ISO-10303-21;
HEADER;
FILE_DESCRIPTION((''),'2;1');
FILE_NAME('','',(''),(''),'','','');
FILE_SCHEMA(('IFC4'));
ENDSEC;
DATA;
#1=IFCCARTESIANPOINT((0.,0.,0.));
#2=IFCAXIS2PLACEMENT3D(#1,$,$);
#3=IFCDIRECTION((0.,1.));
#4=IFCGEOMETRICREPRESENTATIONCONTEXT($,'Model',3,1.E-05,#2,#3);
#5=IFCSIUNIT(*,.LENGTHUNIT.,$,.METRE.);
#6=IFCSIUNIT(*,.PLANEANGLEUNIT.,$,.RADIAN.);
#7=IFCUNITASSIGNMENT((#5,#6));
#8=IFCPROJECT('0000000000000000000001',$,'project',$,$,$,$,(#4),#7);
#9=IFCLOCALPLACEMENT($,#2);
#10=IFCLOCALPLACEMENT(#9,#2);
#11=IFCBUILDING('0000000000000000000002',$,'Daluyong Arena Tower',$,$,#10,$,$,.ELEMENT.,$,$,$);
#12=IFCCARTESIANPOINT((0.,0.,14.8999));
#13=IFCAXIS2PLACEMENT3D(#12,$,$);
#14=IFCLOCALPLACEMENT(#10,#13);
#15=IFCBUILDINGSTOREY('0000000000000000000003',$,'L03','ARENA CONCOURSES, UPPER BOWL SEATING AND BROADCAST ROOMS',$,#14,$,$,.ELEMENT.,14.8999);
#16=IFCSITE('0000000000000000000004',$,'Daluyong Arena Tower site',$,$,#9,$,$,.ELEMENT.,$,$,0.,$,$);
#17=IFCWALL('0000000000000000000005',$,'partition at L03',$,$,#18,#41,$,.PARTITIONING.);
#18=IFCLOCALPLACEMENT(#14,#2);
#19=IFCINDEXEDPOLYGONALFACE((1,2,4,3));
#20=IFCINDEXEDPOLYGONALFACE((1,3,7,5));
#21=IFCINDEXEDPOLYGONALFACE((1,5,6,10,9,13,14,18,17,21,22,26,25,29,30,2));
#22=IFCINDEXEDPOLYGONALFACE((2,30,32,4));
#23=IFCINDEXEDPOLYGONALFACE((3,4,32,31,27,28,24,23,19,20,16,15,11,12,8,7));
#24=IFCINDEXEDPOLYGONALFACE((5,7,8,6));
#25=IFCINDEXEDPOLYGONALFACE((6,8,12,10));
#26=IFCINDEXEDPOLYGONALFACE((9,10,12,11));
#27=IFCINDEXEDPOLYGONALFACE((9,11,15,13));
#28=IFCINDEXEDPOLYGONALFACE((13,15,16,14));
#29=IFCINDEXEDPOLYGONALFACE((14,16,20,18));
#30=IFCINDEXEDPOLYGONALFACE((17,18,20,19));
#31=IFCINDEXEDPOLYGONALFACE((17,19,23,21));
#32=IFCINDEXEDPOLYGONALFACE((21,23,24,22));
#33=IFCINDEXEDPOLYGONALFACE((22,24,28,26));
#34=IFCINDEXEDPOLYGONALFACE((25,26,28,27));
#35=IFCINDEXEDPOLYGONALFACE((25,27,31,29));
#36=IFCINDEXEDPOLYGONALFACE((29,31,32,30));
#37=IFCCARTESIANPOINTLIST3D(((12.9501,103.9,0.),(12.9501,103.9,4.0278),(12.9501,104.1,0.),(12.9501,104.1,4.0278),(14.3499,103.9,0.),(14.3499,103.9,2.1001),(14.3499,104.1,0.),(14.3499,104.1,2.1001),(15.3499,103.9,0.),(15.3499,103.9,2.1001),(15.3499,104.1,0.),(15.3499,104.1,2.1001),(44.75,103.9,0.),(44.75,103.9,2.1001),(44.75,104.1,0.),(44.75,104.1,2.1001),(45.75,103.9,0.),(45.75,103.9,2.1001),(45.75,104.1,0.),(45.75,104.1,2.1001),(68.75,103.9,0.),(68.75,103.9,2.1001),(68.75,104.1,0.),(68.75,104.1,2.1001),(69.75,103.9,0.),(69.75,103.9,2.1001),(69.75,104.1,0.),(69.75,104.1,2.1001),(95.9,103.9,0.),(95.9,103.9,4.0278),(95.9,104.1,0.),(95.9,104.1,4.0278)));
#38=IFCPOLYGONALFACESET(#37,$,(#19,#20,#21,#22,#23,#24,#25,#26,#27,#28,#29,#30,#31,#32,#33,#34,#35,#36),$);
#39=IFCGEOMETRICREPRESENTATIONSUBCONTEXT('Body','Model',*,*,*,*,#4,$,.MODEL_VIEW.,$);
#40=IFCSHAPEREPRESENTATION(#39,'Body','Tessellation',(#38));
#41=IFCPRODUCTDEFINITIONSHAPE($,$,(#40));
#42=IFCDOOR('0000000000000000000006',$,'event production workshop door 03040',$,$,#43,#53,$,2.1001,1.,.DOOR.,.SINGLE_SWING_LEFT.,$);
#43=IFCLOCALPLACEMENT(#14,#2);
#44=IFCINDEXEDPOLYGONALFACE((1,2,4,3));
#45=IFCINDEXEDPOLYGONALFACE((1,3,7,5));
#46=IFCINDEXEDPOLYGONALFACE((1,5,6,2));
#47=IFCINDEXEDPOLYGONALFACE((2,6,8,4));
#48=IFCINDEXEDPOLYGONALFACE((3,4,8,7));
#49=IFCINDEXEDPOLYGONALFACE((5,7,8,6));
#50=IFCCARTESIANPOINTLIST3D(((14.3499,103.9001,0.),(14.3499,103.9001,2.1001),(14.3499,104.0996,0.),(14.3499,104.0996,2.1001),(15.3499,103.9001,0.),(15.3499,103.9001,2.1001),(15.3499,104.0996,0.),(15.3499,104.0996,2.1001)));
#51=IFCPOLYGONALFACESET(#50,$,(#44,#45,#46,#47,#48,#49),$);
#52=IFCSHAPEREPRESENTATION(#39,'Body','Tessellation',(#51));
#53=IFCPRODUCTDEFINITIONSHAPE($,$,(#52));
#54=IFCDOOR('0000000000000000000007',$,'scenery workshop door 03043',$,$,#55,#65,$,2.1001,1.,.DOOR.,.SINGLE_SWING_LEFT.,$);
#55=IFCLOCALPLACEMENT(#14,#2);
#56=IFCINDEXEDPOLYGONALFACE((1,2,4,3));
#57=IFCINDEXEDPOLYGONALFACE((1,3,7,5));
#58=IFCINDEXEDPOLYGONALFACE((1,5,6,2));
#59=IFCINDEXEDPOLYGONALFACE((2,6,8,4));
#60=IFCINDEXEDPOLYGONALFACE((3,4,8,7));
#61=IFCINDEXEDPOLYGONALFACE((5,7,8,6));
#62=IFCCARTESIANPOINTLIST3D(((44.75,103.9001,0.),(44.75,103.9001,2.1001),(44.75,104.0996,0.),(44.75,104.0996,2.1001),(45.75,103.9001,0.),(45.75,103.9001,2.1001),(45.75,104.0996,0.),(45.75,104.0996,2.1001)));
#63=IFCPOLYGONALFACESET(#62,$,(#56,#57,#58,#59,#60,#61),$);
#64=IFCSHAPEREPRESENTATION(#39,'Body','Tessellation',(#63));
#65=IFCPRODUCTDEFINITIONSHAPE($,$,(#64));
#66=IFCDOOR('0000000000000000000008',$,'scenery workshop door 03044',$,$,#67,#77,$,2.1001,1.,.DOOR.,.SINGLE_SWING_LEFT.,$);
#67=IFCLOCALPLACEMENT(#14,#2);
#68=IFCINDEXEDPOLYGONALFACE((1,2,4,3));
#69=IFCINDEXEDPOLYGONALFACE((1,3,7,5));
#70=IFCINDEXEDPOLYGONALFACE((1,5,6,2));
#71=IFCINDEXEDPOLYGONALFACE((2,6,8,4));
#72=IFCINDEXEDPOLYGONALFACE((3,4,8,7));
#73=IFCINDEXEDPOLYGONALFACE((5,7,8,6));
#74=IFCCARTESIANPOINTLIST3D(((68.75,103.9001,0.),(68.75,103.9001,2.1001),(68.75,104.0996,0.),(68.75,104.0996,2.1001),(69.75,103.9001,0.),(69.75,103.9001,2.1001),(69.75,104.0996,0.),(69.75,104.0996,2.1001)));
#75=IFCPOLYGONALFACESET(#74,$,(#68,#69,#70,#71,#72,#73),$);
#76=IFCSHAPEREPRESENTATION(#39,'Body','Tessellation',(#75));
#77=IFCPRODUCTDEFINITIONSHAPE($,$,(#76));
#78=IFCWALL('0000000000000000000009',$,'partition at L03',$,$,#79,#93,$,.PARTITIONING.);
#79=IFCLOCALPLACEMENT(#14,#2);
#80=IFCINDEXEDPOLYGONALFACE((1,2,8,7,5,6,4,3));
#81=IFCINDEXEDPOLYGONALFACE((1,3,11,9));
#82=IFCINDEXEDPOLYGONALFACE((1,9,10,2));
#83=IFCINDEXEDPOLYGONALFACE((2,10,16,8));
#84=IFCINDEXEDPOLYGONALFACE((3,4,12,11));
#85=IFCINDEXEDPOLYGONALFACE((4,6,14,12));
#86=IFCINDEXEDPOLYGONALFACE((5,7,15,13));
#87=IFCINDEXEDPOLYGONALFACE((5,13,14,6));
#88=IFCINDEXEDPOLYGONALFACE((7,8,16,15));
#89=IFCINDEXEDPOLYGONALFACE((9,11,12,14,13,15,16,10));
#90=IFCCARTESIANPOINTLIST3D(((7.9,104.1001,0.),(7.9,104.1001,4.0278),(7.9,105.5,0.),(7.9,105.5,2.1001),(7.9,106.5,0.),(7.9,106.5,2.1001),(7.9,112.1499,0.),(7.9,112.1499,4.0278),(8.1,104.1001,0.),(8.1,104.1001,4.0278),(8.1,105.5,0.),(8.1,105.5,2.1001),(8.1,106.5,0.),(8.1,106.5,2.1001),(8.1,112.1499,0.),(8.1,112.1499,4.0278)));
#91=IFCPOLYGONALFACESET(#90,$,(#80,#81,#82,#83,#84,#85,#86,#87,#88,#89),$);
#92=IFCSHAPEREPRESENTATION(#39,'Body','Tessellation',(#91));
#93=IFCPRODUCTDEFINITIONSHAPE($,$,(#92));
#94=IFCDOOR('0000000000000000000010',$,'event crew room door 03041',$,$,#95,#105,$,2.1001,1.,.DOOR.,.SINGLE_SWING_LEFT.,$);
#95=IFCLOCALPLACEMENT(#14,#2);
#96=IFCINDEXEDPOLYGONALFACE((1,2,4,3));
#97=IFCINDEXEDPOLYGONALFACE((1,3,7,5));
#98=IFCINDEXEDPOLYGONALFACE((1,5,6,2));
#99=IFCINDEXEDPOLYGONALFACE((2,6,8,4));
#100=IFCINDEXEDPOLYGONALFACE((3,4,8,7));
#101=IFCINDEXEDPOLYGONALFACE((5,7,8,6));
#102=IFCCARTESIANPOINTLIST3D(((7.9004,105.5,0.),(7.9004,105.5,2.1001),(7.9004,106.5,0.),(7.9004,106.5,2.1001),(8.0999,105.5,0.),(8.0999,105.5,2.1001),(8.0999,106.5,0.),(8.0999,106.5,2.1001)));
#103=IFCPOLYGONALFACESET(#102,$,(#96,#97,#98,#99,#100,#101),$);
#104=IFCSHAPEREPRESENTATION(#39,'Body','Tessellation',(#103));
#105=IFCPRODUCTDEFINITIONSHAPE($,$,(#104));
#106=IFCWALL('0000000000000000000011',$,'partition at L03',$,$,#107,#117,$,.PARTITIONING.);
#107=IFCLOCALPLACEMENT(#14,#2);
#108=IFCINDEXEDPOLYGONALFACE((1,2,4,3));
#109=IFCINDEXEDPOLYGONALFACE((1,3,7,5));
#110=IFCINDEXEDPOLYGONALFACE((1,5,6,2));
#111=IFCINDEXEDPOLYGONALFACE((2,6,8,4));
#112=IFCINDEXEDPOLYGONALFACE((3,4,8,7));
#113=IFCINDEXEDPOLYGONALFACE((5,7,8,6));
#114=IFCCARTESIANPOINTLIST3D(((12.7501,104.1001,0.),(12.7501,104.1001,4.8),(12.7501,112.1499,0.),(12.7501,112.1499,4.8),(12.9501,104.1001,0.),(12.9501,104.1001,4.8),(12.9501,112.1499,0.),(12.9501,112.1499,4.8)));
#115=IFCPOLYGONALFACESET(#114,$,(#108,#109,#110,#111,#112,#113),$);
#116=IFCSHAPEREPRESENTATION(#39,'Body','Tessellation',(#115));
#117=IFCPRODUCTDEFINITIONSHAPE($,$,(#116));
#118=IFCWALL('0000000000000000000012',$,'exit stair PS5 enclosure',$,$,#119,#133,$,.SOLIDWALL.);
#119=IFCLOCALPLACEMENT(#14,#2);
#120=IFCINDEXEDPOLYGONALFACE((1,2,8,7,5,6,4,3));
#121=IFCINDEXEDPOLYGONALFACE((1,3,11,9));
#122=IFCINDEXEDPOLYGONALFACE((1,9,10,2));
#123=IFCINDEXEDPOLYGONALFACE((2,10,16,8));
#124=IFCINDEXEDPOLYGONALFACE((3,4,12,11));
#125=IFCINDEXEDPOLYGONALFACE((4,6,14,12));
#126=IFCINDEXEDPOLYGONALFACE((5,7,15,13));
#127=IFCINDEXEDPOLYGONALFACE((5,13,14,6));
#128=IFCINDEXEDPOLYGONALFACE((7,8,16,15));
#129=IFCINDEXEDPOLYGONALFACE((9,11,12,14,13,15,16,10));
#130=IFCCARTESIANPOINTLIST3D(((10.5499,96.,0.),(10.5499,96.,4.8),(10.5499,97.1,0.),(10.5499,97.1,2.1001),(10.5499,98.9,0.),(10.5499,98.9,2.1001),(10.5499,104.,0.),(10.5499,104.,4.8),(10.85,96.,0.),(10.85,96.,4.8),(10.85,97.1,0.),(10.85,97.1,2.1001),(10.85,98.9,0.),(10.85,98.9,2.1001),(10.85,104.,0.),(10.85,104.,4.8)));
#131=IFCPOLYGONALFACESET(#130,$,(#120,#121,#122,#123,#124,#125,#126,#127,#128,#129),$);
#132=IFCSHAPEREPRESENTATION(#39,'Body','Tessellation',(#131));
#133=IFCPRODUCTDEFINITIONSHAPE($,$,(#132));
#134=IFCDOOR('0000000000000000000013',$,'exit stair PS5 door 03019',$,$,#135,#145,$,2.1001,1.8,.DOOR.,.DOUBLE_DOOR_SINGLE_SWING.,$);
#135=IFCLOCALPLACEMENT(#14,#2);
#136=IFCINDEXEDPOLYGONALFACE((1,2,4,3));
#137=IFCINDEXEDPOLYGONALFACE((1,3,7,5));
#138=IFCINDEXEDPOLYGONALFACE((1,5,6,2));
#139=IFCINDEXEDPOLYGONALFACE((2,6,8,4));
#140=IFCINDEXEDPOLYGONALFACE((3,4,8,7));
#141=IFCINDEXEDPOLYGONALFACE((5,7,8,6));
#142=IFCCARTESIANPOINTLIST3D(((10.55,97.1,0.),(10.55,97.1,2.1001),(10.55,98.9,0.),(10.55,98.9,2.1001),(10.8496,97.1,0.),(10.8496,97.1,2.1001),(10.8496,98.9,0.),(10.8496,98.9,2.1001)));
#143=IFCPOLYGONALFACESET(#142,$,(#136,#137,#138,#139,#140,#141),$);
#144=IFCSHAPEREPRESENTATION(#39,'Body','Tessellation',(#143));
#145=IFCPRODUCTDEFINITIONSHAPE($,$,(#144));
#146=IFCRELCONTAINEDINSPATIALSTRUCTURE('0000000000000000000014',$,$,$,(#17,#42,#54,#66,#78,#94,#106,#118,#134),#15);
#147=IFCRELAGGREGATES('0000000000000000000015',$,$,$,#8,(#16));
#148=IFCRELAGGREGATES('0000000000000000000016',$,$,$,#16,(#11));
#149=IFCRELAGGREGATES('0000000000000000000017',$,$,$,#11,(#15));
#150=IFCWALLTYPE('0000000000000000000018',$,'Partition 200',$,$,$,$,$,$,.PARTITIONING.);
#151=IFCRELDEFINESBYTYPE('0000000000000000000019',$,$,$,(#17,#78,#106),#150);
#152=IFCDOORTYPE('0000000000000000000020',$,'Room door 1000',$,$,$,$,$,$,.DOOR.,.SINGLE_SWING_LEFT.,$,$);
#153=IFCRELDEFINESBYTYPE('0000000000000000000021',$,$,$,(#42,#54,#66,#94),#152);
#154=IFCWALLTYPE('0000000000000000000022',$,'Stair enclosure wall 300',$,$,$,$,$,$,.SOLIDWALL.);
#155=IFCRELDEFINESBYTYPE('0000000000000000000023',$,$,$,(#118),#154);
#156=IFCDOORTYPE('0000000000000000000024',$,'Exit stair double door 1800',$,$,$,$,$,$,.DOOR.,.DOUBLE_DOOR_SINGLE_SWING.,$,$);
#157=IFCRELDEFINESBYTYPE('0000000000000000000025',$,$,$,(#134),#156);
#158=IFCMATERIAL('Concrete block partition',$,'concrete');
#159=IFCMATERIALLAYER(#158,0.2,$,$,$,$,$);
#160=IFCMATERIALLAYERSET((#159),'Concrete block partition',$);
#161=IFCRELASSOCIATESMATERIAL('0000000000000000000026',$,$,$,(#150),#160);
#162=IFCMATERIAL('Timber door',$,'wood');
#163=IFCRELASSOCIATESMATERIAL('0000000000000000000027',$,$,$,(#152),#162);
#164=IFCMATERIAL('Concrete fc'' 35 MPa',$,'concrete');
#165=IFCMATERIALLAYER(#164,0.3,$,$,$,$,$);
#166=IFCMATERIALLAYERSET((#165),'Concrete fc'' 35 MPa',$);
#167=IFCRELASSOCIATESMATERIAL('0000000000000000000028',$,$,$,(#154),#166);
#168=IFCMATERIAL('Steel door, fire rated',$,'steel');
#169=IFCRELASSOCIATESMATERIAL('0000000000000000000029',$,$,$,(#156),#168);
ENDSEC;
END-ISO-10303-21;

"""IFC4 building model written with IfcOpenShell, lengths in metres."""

from ifc_helpers import new_model, si_unit, direction, frame, frame_2d, origin, place, context, subcontext, project, spatial, rectangle, extrude, material, layer, layer_set, type_object, element, fill, save


model = new_model("IFC4")

# Units and contexts
model_context = context("Model", 3, precision=1e-05, world=origin(), true_north=direction((0.0, 1.0)))
body_context = subcontext(model_context, "Body", "Model", "MODEL_VIEW")
ifc_project = project(units=[si_unit("LENGTHUNIT", "METRE"), si_unit("PLANEANGLEUNIT", "RADIAN")], contexts=[model_context])

# Site, building, storey
site_placement = place(None, origin())
site = spatial("IfcSite", under=ifc_project, at=site_placement, Name="Daluyong Arena Tower site", CompositionType="ELEMENT", RefElevation=0.0)
building_placement = place(site_placement, origin())
building = spatial("IfcBuilding", under=site, at=building_placement, Name="Daluyong Arena Tower", CompositionType="ELEMENT")
storey_placement = place(building_placement, frame((0.0, 0.0, 14.8999)))
storey = spatial("IfcBuildingStorey", under=building, at=storey_placement, Name="L03", Description="ARENA CONCOURSES, UPPER BOWL SEATING AND BROADCAST ROOMS", CompositionType="ELEMENT", Elevation=14.8999)

# Shared definitions
ifc_material_1 = material(Name="Concrete block partition", Category="concrete")
ifc_layer_1 = layer(ifc_material_1, 0.2)
ifc_layer_set_1 = layer_set([ifc_layer_1], Name="Concrete block partition")
wall_type_1 = type_object("IfcWallType", Name="Partition 200", PredefinedType="PARTITIONING", material=ifc_layer_set_1)

# Wall, openings, doors
wall_1_placement = place(storey_placement, frame((12.95, 104.0, 0.0), z_axis=(0.0, 0.0, 1.0), x_axis=(1.0, 0.0, 0.0)))
wall_1 = element("IfcWall", 1, at=wall_1_placement, inside=storey, type_object=wall_type_1, Name="partition at L03", PredefinedType="PARTITIONING", context=body_context, shape_type="SweptSolid", body=[
    extrude(rectangle(XDim=82.95, YDim=0.2, at=frame_2d((41.4751, 0.0))), origin(), (0.0, 0.0, 1.0), 4.0278),
])
opening_1_placement = place(wall_1_placement, frame((1.3999, 0.0, 0.0)))
opening_1 = element("IfcOpeningElement", 2, at=opening_1_placement, cuts=wall_1, PredefinedType="OPENING", context=body_context, shape_type="SweptSolid", body=[
    extrude(rectangle(XDim=1.0, YDim=2.1001, at=frame_2d((0.5, 1.05))), frame((0.0, 0.1099, 0.0), z_axis=(0.0, -1.0, 0.0), x_axis=(1.0, 0.0, 0.0)), (0.0, 0.0, 1.0), 0.22),
])
opening_2_placement = place(wall_1_placement, frame((31.8, 0.0, 0.0)))
opening_2 = element("IfcOpeningElement", 3, at=opening_2_placement, cuts=wall_1, PredefinedType="OPENING", context=body_context, shape_type="SweptSolid", body=[
    extrude(rectangle(XDim=1.0, YDim=2.1001, at=frame_2d((0.5, 1.05))), frame((0.0, 0.1099, 0.0), z_axis=(0.0, -1.0, 0.0), x_axis=(1.0, 0.0, 0.0)), (0.0, 0.0, 1.0), 0.22),
])
opening_3_placement = place(wall_1_placement, frame((55.8, 0.0, 0.0)))
opening_3 = element("IfcOpeningElement", 4, at=opening_3_placement, cuts=wall_1, PredefinedType="OPENING", context=body_context, shape_type="SweptSolid", body=[
    extrude(rectangle(XDim=1.0, YDim=2.1001, at=frame_2d((0.5, 1.05))), frame((0.0, 0.1099, 0.0), z_axis=(0.0, -1.0, 0.0), x_axis=(1.0, 0.0, 0.0)), (0.0, 0.0, 1.0), 0.22),
])
ifc_material_2 = material(Name="Timber door", Category="wood")
door_type_1 = type_object("IfcDoorType", Name="Room door 1000", OperationType="SINGLE_SWING_LEFT", PredefinedType="DOOR", material=ifc_material_2)
door_1_placement = place(opening_1_placement, origin())
door_1 = element("IfcDoor", 5, at=door_1_placement, inside=storey, type_object=door_type_1, Name="event production workshop door 03040", OperationType="SINGLE_SWING_LEFT", OverallHeight=2.1001, OverallWidth=1.0, PredefinedType="DOOR", context=body_context, shape_type="SweptSolid", body=[
    extrude(rectangle(XDim=1.0, YDim=2.1001, at=frame_2d((0.5, 1.05))), frame((0.0, 0.0996, 0.0), z_axis=(0.0, -1.0, 0.0), x_axis=(1.0, 0.0, 0.0)), (0.0, 0.0, 1.0), 0.1995),
])
fill(opening_1, door_1)
door_2_placement = place(opening_2_placement, origin())
door_2 = element("IfcDoor", 6, at=door_2_placement, inside=storey, type_object=door_type_1, Name="scenery workshop door 03043", OperationType="SINGLE_SWING_LEFT", OverallHeight=2.1001, OverallWidth=1.0, PredefinedType="DOOR", context=body_context, shape_type="SweptSolid", body=[
    extrude(rectangle(XDim=1.0, YDim=2.1001, at=frame_2d((0.5, 1.05))), frame((0.0, 0.0996, 0.0), z_axis=(0.0, -1.0, 0.0), x_axis=(1.0, 0.0, 0.0)), (0.0, 0.0, 1.0), 0.1995),
])
fill(opening_2, door_2)
door_3_placement = place(opening_3_placement, origin())
door_3 = element("IfcDoor", 7, at=door_3_placement, inside=storey, type_object=door_type_1, Name="scenery workshop door 03044", OperationType="SINGLE_SWING_LEFT", OverallHeight=2.1001, OverallWidth=1.0, PredefinedType="DOOR", context=body_context, shape_type="SweptSolid", body=[
    extrude(rectangle(XDim=1.0, YDim=2.1001, at=frame_2d((0.5, 1.05))), frame((0.0, 0.0996, 0.0), z_axis=(0.0, -1.0, 0.0), x_axis=(1.0, 0.0, 0.0)), (0.0, 0.0, 1.0), 0.1995),
])
fill(opening_3, door_3)

# Wall, opening, door
wall_2_placement = place(storey_placement, frame((8.0, 104.1001, 0.0), z_axis=(0.0, 0.0, 1.0), x_axis=(0.0, 1.0, 0.0)))
wall_2 = element("IfcWall", 8, at=wall_2_placement, inside=storey, type_object=wall_type_1, Name="partition at L03", PredefinedType="PARTITIONING", context=body_context, shape_type="SweptSolid", body=[
    extrude(rectangle(XDim=8.0498, YDim=0.2, at=frame_2d((4.0249, 0.0))), origin(), (0.0, 0.0, 1.0), 4.0278),
])
opening_4_placement = place(wall_2_placement, frame((1.3999, 0.0, 0.0)))
opening_4 = element("IfcOpeningElement", 9, at=opening_4_placement, cuts=wall_2, PredefinedType="OPENING", context=body_context, shape_type="SweptSolid", body=[
    extrude(rectangle(XDim=1.0, YDim=2.1001, at=frame_2d((0.5, 1.05))), frame((0.0, 0.1099, 0.0), z_axis=(0.0, -1.0, 0.0), x_axis=(1.0, 0.0, 0.0)), (0.0, 0.0, 1.0), 0.22),
])
door_4_placement = place(opening_4_placement, origin())
door_4 = element("IfcDoor", 10, at=door_4_placement, inside=storey, type_object=door_type_1, Name="event crew room door 03041", OperationType="SINGLE_SWING_LEFT", OverallHeight=2.1001, OverallWidth=1.0, PredefinedType="DOOR", context=body_context, shape_type="SweptSolid", body=[
    extrude(rectangle(XDim=1.0, YDim=2.1001, at=frame_2d((0.5, 1.05))), frame((0.0, 0.0996, 0.0), z_axis=(0.0, -1.0, 0.0), x_axis=(1.0, 0.0, 0.0)), (0.0, 0.0, 1.0), 0.1995),
])
fill(opening_4, door_4)

# Wall
wall_3_placement = place(storey_placement, frame((12.8501, 104.1001, 0.0), z_axis=(0.0, 0.0, 1.0), x_axis=(0.0, 1.0, 0.0)))
element("IfcWall", 11, at=wall_3_placement, inside=storey, type_object=wall_type_1, Name="partition at L03", PredefinedType="PARTITIONING", context=body_context, shape_type="SweptSolid", body=[
    extrude(rectangle(XDim=8.0498, YDim=0.2, at=frame_2d((4.0249, 0.0))), origin(), (0.0, 0.0, 1.0), 4.8),
])

# Wall, opening, door
ifc_material_3 = material(Name="Concrete fc' 35 MPa", Category="concrete")
ifc_layer_2 = layer(ifc_material_3, 0.3)
ifc_layer_set_2 = layer_set([ifc_layer_2], Name="Concrete fc' 35 MPa")
wall_type_2 = type_object("IfcWallType", Name="Stair enclosure wall 300", PredefinedType="SOLIDWALL", material=ifc_layer_set_2)
wall_4_placement = place(storey_placement, frame((10.7, 96.0, 0.0), z_axis=(0.0, 0.0, 1.0), x_axis=(0.0, 1.0, 0.0)))
wall_4 = element("IfcWall", 12, at=wall_4_placement, inside=storey, type_object=wall_type_2, Name="exit stair PS5 enclosure", PredefinedType="SOLIDWALL", context=body_context, shape_type="SweptSolid", body=[
    extrude(rectangle(XDim=8.0, YDim=0.3, at=frame_2d((4.0, 0.0))), origin(), (0.0, 0.0, 1.0), 4.8),
])
opening_5_placement = place(wall_4_placement, frame((1.1001, 0.0, 0.0)))
opening_5 = element("IfcOpeningElement", 13, at=opening_5_placement, cuts=wall_4, PredefinedType="OPENING", context=body_context, shape_type="SweptSolid", body=[
    extrude(rectangle(XDim=1.8, YDim=2.1001, at=frame_2d((0.8999, 1.05))), frame((0.0, 0.1599, 0.0), z_axis=(0.0, -1.0, 0.0), x_axis=(1.0, 0.0, 0.0)), (0.0, 0.0, 1.0), 0.3201),
])
ifc_material_4 = material(Name="Steel door, fire rated", Category="steel")
door_type_2 = type_object("IfcDoorType", Name="Exit stair double door 1800", OperationType="DOUBLE_DOOR_SINGLE_SWING", PredefinedType="DOOR", material=ifc_material_4)
door_5_placement = place(opening_5_placement, origin())
door_5 = element("IfcDoor", 14, at=door_5_placement, inside=storey, type_object=door_type_2, Name="exit stair PS5 door 03019", OperationType="DOUBLE_DOOR_SINGLE_SWING", OverallHeight=2.1001, OverallWidth=1.8, PredefinedType="DOOR", context=body_context, shape_type="SweptSolid", body=[
    extrude(rectangle(XDim=1.8, YDim=2.1001, at=frame_2d((0.8999, 1.05))), frame((0.0, 0.1499, 0.0), z_axis=(0.0, -1.0, 0.0), x_axis=(1.0, 0.0, 0.0)), (0.0, 0.0, 1.0), 0.2996),
])
fill(opening_5, door_5)

save(model, "model.ifc")
